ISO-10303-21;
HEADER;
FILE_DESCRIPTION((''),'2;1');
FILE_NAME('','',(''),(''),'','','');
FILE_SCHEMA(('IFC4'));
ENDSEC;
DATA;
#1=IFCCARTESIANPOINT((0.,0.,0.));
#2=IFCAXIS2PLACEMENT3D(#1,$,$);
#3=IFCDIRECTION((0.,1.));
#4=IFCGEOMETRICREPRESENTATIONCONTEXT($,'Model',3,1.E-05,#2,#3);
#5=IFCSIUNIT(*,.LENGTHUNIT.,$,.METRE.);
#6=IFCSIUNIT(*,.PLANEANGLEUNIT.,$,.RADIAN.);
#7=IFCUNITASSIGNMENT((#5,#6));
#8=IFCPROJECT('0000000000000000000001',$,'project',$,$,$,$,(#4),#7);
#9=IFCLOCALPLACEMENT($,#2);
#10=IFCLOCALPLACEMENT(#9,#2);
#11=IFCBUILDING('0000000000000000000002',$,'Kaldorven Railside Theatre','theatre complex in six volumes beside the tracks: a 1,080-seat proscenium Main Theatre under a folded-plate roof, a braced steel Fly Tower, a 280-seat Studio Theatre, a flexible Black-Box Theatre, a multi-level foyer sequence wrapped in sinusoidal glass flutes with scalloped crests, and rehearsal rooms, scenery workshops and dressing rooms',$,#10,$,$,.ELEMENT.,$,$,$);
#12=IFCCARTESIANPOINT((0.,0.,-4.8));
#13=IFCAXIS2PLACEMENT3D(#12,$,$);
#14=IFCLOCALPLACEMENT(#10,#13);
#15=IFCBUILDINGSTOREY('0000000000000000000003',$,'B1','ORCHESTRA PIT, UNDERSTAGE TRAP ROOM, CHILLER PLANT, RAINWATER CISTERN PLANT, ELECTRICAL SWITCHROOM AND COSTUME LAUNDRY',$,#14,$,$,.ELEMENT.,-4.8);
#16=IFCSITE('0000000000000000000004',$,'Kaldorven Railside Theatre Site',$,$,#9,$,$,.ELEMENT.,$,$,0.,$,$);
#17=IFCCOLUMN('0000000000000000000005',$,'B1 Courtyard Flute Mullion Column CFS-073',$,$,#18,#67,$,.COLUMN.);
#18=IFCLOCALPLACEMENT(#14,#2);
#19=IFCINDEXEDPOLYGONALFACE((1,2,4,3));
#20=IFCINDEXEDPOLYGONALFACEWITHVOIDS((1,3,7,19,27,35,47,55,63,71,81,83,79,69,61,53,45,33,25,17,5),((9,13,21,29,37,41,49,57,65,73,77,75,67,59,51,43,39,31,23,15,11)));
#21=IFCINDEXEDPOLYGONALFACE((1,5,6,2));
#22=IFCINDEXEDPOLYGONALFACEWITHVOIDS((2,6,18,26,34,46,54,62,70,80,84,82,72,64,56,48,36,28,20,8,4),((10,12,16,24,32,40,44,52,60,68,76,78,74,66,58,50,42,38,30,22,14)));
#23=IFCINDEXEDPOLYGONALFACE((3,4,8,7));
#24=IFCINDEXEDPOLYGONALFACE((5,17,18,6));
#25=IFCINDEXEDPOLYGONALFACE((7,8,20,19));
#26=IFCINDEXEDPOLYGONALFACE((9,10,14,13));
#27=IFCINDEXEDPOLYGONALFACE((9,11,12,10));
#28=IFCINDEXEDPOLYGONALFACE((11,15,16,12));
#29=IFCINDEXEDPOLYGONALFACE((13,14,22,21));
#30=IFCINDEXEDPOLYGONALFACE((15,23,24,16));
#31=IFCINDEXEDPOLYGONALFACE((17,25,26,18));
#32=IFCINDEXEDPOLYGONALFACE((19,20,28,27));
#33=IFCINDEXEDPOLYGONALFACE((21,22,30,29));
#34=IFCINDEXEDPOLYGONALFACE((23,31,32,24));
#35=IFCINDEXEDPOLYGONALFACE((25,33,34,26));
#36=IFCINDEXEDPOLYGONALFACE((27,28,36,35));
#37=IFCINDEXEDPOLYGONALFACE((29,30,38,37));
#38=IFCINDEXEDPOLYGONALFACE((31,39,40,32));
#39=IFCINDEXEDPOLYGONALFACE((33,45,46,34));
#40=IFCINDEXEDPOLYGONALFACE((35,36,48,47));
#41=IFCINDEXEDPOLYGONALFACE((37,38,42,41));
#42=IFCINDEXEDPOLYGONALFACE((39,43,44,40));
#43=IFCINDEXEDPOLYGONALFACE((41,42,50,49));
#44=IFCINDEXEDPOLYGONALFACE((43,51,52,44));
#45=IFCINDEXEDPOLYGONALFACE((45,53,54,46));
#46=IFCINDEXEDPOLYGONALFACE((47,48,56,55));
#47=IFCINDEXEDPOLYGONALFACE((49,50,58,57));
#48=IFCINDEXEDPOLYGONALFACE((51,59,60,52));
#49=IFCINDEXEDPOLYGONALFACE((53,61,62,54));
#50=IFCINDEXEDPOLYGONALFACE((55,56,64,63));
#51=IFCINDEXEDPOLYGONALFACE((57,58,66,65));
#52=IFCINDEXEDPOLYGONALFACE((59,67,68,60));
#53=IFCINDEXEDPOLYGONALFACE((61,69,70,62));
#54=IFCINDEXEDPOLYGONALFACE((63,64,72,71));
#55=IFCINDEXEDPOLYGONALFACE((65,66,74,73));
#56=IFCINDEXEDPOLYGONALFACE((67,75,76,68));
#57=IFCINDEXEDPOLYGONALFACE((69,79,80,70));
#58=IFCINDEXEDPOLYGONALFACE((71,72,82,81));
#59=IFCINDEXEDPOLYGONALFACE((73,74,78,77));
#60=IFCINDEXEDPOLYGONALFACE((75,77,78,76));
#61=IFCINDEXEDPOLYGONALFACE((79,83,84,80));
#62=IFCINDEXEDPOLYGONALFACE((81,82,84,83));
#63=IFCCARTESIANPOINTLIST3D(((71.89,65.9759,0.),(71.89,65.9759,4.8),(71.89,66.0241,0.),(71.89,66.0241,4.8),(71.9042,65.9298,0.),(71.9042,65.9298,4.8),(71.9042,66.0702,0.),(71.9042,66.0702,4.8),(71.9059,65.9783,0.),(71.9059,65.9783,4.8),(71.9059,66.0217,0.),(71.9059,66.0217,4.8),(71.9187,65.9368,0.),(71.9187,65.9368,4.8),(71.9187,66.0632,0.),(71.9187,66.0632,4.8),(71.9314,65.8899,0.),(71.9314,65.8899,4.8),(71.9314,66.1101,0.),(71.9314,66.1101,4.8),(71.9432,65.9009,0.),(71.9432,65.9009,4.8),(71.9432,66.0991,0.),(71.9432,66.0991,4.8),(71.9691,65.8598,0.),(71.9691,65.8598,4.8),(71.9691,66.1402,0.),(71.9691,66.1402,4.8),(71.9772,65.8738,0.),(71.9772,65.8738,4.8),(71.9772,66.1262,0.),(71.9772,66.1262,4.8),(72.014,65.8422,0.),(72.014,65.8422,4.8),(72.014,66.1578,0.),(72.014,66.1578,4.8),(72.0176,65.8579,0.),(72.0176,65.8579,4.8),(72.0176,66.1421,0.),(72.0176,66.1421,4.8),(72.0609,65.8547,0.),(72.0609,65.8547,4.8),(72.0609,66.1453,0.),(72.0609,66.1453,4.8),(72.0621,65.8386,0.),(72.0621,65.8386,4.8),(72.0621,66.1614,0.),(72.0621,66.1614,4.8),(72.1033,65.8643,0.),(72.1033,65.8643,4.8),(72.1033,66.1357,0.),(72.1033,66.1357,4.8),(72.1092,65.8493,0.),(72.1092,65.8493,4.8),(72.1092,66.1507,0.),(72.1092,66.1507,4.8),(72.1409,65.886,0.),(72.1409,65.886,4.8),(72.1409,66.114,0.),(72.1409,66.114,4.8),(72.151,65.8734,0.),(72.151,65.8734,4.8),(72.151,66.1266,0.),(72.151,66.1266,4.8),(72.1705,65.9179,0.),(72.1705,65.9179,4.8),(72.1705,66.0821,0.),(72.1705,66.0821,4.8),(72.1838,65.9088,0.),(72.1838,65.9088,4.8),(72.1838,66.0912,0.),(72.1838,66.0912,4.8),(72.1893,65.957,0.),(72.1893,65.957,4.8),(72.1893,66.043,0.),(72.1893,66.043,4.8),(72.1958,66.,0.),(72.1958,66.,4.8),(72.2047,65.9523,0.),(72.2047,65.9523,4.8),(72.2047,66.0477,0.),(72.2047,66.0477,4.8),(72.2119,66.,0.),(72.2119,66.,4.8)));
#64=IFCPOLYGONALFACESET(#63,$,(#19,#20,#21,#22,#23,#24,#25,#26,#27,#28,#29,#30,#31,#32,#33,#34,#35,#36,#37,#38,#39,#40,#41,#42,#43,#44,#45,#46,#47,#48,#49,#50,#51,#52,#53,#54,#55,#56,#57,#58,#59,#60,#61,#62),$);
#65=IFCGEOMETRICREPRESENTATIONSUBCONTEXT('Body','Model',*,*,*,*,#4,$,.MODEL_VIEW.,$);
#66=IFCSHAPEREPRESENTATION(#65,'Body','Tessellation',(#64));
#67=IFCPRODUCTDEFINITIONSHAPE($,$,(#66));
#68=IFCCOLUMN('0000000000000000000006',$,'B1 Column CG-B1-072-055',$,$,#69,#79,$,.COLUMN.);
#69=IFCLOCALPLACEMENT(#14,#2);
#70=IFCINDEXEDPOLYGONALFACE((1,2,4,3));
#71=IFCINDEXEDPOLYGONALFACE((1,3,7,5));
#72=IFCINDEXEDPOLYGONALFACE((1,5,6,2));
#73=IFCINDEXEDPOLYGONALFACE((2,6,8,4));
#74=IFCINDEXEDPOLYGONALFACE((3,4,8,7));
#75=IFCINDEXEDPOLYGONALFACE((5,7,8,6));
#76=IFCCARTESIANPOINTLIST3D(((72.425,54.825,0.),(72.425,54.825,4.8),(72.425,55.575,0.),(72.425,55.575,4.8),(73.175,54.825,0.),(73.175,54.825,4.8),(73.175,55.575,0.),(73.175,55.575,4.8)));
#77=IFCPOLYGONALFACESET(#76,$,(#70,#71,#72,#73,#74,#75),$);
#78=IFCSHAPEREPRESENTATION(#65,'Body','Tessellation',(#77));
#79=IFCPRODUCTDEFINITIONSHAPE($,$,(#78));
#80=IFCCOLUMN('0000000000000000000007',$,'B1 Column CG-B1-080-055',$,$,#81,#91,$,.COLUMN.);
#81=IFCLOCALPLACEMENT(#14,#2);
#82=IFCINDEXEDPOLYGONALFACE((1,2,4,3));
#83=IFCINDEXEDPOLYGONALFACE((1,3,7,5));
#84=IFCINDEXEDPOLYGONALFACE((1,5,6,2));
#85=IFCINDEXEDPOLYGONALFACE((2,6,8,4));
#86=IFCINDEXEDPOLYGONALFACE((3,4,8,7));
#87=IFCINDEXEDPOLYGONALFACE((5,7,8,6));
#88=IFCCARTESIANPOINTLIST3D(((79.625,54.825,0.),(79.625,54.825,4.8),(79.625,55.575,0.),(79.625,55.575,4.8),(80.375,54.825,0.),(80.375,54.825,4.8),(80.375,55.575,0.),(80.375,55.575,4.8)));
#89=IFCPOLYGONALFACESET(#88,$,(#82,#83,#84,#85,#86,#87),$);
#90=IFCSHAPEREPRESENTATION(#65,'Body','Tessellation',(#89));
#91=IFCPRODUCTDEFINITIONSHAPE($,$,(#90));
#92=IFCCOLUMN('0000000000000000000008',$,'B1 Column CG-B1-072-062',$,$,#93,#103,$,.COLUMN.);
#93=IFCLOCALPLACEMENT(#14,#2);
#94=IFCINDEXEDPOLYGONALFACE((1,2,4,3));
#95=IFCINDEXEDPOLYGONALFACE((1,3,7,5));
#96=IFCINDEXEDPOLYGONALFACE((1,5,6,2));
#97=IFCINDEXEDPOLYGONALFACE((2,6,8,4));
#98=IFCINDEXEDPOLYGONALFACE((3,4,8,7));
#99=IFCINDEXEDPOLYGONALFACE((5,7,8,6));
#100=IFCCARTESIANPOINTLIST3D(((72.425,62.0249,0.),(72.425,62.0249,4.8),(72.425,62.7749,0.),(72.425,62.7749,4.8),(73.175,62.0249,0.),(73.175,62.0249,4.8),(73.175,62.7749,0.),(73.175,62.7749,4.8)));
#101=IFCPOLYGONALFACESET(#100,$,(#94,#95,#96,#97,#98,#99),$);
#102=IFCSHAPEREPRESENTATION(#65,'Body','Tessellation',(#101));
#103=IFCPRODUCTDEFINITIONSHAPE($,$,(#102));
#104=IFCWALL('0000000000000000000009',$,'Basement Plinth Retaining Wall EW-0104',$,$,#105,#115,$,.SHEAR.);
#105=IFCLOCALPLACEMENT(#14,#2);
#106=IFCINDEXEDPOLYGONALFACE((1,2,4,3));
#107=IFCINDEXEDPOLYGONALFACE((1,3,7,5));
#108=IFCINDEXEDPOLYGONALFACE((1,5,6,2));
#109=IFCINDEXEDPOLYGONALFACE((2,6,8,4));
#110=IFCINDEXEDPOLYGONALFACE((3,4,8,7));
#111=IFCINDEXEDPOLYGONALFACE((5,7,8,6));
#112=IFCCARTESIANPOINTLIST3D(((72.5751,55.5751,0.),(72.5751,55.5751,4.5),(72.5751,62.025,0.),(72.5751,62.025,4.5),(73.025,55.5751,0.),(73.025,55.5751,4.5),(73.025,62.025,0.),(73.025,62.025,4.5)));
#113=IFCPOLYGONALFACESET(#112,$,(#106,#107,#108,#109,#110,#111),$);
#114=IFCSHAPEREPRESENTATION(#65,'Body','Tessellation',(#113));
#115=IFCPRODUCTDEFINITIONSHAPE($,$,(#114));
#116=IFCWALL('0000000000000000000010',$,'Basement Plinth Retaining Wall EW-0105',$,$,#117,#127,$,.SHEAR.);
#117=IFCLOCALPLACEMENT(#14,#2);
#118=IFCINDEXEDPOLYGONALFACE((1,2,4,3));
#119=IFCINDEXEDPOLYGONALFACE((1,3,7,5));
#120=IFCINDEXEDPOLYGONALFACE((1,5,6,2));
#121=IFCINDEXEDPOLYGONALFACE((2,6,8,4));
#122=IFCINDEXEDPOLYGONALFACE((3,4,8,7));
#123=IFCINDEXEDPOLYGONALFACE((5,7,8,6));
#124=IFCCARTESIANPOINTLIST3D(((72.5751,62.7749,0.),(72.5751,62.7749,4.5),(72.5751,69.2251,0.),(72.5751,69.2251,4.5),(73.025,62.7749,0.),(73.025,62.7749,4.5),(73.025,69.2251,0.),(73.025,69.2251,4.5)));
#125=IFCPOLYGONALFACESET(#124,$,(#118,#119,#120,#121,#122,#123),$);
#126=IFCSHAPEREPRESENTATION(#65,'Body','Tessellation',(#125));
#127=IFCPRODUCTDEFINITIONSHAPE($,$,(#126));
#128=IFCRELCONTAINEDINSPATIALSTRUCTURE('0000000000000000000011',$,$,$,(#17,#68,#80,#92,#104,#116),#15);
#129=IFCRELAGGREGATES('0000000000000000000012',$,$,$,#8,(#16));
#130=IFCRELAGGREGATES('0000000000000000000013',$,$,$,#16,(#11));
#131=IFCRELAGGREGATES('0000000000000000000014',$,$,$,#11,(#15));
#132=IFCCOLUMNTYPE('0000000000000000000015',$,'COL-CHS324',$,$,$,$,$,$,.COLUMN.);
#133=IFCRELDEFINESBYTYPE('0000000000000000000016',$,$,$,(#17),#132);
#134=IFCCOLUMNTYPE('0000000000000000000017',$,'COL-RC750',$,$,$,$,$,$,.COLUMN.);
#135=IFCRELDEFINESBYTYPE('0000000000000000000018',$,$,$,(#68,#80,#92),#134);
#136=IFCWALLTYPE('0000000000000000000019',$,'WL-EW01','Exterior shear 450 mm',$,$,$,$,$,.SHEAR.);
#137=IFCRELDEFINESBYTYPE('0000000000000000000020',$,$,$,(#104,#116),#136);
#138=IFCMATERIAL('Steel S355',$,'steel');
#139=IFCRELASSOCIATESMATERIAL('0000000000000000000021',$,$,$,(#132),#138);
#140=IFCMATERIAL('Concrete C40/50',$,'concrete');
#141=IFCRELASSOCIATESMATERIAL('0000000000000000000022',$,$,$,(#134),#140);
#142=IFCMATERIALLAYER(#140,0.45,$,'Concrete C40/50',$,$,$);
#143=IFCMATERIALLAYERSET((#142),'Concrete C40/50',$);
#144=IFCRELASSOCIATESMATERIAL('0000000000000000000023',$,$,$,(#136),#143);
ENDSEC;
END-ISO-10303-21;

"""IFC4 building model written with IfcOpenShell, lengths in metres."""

from ifc_helpers import new_model, si_unit, direction, frame, frame_2d, origin, origin_2d, place, context, subcontext, project, spatial, rectangle, hollow_circle, extrude, material, layer, layer_set, material_profile, profile_set, type_object, element, save


model = new_model("IFC4")

# Units and contexts
model_context = context("Model", 3, precision=1e-05, world=origin(), true_north=direction((0.0, 1.0)))
body_context = subcontext(model_context, "Body", "Model", "MODEL_VIEW")
ifc_project = project(units=[si_unit("LENGTHUNIT", "METRE"), si_unit("PLANEANGLEUNIT", "RADIAN")], contexts=[model_context])

# Site, building, storey
site_placement = place(None, origin())
site = spatial("IfcSite", under=ifc_project, at=site_placement, Name="Kaldorven Railside Theatre Site", CompositionType="ELEMENT", RefElevation=0.0)
building_placement = place(site_placement, origin())
building = spatial("IfcBuilding", under=site, at=building_placement, Name="Kaldorven Railside Theatre", Description="theatre complex in six volumes beside the tracks: a 1,080-seat proscenium Main Theatre under a folded-plate roof, a braced steel Fly Tower, a 280-seat Studio Theatre, a flexible Black-Box Theatre, a multi-level foyer sequence wrapped in sinusoidal glass flutes with scalloped crests, and rehearsal rooms, scenery workshops and dressing rooms", CompositionType="ELEMENT")
storey_placement = place(building_placement, frame((0.0, 0.0, -4.8)))
storey = spatial("IfcBuildingStorey", under=building, at=storey_placement, Name="B1", Description="ORCHESTRA PIT, UNDERSTAGE TRAP ROOM, CHILLER PLANT, RAINWATER CISTERN PLANT, ELECTRICAL SWITCHROOM AND COSTUME LAUNDRY", CompositionType="ELEMENT", Elevation=-4.8)

# Shared definitions
ifc_material_1 = material(Name="Concrete C40/50", Category="concrete")

# Columns
ifc_material_2 = material(Name="Steel S355", Category="steel")
ifc_material_profile_1 = material_profile(ifc_material_2, hollow_circle(Radius=0.1619, WallThickness=0.0161, at=origin_2d()), Name="CHS 323.9x16")
ifc_profile_set_1 = profile_set([ifc_material_profile_1], Name="Steel S355")
column_type_1 = type_object("IfcColumnType", Name="COL-CHS324", PredefinedType="COLUMN", material=ifc_profile_set_1)
for number, where, z_axis, x_axis, name in (
    (1, (72.05, 66.0, 0.0), (0.0, 0.0, 1.0), (1.0, 0.0, 0.0), "B1 Courtyard Flute Mullion Column CFS-073"),
):
    element("IfcColumn", number, at=place(storey_placement, frame(where, z_axis=z_axis, x_axis=x_axis)), inside=storey, type_object=column_type_1, Name=name, PredefinedType="COLUMN", context=body_context, shape_type="SweptSolid", body=[
        extrude(hollow_circle(Radius=0.1619, WallThickness=0.0161, at=origin_2d()), origin(), (0.0, 0.0, 1.0), 4.8),
    ])
ifc_material_profile_2 = material_profile(ifc_material_1, rectangle(XDim=0.75, YDim=0.75, at=origin_2d()), Name="RC 750x750")
ifc_profile_set_2 = profile_set([ifc_material_profile_2], Name="Concrete C40/50")
column_type_2 = type_object("IfcColumnType", Name="COL-RC750", PredefinedType="COLUMN", material=ifc_profile_set_2)
for number, where, z_axis, x_axis, name in (
    (2, (72.8, 55.2, 0.0), (0.0, 0.0, 1.0), (1.0, 0.0, 0.0), "B1 Column CG-B1-072-055"),
    (3, (80.0, 55.2, 0.0), (0.0, 0.0, 1.0), (0.0, 1.0, 0.0), "B1 Column CG-B1-080-055"),
    (4, (72.8, 62.3999, 0.0), (0.0, 0.0, 1.0), (0.0, 1.0, 0.0), "B1 Column CG-B1-072-062"),
):
    element("IfcColumn", number, at=place(storey_placement, frame(where, z_axis=z_axis, x_axis=x_axis)), inside=storey, type_object=column_type_2, Name=name, PredefinedType="COLUMN", context=body_context, shape_type="SweptSolid", body=[
        extrude(rectangle(XDim=0.75, YDim=0.75, at=origin_2d()), origin(), (0.0, 0.0, 1.0), 4.8),
    ])

# Walls
ifc_layer = layer(ifc_material_1, 0.45, Name="Concrete C40/50")
ifc_layer_set = layer_set([ifc_layer], Name="Concrete C40/50")
wall_type = type_object("IfcWallType", Name="WL-EW01", Description="Exterior shear 450 mm", PredefinedType="SHEAR", material=ifc_layer_set)
wall_1_placement = place(storey_placement, frame((72.8, 55.575, 0.0), z_axis=(0.0, 0.0, 1.0), x_axis=(0.0, 1.0, 0.0)))
element("IfcWall", 5, at=wall_1_placement, inside=storey, type_object=wall_type, Name="Basement Plinth Retaining Wall EW-0104", PredefinedType="SHEAR", context=body_context, shape_type="SweptSolid", body=[
    extrude(rectangle(XDim=6.45, YDim=0.45, at=frame_2d((3.2251, 0.0))), origin(), (0.0, 0.0, 1.0), 4.5),
])
wall_2_placement = place(storey_placement, frame((72.8, 62.7749, 0.0), z_axis=(0.0, 0.0, 1.0), x_axis=(0.0, 1.0, 0.0)))
element("IfcWall", 6, at=wall_2_placement, inside=storey, type_object=wall_type, Name="Basement Plinth Retaining Wall EW-0105", PredefinedType="SHEAR", context=body_context, shape_type="SweptSolid", body=[
    extrude(rectangle(XDim=6.4502, YDim=0.45, at=frame_2d((3.2251, 0.0))), origin(), (0.0, 0.0, 1.0), 4.5),
])

save(model, "model.ifc")
